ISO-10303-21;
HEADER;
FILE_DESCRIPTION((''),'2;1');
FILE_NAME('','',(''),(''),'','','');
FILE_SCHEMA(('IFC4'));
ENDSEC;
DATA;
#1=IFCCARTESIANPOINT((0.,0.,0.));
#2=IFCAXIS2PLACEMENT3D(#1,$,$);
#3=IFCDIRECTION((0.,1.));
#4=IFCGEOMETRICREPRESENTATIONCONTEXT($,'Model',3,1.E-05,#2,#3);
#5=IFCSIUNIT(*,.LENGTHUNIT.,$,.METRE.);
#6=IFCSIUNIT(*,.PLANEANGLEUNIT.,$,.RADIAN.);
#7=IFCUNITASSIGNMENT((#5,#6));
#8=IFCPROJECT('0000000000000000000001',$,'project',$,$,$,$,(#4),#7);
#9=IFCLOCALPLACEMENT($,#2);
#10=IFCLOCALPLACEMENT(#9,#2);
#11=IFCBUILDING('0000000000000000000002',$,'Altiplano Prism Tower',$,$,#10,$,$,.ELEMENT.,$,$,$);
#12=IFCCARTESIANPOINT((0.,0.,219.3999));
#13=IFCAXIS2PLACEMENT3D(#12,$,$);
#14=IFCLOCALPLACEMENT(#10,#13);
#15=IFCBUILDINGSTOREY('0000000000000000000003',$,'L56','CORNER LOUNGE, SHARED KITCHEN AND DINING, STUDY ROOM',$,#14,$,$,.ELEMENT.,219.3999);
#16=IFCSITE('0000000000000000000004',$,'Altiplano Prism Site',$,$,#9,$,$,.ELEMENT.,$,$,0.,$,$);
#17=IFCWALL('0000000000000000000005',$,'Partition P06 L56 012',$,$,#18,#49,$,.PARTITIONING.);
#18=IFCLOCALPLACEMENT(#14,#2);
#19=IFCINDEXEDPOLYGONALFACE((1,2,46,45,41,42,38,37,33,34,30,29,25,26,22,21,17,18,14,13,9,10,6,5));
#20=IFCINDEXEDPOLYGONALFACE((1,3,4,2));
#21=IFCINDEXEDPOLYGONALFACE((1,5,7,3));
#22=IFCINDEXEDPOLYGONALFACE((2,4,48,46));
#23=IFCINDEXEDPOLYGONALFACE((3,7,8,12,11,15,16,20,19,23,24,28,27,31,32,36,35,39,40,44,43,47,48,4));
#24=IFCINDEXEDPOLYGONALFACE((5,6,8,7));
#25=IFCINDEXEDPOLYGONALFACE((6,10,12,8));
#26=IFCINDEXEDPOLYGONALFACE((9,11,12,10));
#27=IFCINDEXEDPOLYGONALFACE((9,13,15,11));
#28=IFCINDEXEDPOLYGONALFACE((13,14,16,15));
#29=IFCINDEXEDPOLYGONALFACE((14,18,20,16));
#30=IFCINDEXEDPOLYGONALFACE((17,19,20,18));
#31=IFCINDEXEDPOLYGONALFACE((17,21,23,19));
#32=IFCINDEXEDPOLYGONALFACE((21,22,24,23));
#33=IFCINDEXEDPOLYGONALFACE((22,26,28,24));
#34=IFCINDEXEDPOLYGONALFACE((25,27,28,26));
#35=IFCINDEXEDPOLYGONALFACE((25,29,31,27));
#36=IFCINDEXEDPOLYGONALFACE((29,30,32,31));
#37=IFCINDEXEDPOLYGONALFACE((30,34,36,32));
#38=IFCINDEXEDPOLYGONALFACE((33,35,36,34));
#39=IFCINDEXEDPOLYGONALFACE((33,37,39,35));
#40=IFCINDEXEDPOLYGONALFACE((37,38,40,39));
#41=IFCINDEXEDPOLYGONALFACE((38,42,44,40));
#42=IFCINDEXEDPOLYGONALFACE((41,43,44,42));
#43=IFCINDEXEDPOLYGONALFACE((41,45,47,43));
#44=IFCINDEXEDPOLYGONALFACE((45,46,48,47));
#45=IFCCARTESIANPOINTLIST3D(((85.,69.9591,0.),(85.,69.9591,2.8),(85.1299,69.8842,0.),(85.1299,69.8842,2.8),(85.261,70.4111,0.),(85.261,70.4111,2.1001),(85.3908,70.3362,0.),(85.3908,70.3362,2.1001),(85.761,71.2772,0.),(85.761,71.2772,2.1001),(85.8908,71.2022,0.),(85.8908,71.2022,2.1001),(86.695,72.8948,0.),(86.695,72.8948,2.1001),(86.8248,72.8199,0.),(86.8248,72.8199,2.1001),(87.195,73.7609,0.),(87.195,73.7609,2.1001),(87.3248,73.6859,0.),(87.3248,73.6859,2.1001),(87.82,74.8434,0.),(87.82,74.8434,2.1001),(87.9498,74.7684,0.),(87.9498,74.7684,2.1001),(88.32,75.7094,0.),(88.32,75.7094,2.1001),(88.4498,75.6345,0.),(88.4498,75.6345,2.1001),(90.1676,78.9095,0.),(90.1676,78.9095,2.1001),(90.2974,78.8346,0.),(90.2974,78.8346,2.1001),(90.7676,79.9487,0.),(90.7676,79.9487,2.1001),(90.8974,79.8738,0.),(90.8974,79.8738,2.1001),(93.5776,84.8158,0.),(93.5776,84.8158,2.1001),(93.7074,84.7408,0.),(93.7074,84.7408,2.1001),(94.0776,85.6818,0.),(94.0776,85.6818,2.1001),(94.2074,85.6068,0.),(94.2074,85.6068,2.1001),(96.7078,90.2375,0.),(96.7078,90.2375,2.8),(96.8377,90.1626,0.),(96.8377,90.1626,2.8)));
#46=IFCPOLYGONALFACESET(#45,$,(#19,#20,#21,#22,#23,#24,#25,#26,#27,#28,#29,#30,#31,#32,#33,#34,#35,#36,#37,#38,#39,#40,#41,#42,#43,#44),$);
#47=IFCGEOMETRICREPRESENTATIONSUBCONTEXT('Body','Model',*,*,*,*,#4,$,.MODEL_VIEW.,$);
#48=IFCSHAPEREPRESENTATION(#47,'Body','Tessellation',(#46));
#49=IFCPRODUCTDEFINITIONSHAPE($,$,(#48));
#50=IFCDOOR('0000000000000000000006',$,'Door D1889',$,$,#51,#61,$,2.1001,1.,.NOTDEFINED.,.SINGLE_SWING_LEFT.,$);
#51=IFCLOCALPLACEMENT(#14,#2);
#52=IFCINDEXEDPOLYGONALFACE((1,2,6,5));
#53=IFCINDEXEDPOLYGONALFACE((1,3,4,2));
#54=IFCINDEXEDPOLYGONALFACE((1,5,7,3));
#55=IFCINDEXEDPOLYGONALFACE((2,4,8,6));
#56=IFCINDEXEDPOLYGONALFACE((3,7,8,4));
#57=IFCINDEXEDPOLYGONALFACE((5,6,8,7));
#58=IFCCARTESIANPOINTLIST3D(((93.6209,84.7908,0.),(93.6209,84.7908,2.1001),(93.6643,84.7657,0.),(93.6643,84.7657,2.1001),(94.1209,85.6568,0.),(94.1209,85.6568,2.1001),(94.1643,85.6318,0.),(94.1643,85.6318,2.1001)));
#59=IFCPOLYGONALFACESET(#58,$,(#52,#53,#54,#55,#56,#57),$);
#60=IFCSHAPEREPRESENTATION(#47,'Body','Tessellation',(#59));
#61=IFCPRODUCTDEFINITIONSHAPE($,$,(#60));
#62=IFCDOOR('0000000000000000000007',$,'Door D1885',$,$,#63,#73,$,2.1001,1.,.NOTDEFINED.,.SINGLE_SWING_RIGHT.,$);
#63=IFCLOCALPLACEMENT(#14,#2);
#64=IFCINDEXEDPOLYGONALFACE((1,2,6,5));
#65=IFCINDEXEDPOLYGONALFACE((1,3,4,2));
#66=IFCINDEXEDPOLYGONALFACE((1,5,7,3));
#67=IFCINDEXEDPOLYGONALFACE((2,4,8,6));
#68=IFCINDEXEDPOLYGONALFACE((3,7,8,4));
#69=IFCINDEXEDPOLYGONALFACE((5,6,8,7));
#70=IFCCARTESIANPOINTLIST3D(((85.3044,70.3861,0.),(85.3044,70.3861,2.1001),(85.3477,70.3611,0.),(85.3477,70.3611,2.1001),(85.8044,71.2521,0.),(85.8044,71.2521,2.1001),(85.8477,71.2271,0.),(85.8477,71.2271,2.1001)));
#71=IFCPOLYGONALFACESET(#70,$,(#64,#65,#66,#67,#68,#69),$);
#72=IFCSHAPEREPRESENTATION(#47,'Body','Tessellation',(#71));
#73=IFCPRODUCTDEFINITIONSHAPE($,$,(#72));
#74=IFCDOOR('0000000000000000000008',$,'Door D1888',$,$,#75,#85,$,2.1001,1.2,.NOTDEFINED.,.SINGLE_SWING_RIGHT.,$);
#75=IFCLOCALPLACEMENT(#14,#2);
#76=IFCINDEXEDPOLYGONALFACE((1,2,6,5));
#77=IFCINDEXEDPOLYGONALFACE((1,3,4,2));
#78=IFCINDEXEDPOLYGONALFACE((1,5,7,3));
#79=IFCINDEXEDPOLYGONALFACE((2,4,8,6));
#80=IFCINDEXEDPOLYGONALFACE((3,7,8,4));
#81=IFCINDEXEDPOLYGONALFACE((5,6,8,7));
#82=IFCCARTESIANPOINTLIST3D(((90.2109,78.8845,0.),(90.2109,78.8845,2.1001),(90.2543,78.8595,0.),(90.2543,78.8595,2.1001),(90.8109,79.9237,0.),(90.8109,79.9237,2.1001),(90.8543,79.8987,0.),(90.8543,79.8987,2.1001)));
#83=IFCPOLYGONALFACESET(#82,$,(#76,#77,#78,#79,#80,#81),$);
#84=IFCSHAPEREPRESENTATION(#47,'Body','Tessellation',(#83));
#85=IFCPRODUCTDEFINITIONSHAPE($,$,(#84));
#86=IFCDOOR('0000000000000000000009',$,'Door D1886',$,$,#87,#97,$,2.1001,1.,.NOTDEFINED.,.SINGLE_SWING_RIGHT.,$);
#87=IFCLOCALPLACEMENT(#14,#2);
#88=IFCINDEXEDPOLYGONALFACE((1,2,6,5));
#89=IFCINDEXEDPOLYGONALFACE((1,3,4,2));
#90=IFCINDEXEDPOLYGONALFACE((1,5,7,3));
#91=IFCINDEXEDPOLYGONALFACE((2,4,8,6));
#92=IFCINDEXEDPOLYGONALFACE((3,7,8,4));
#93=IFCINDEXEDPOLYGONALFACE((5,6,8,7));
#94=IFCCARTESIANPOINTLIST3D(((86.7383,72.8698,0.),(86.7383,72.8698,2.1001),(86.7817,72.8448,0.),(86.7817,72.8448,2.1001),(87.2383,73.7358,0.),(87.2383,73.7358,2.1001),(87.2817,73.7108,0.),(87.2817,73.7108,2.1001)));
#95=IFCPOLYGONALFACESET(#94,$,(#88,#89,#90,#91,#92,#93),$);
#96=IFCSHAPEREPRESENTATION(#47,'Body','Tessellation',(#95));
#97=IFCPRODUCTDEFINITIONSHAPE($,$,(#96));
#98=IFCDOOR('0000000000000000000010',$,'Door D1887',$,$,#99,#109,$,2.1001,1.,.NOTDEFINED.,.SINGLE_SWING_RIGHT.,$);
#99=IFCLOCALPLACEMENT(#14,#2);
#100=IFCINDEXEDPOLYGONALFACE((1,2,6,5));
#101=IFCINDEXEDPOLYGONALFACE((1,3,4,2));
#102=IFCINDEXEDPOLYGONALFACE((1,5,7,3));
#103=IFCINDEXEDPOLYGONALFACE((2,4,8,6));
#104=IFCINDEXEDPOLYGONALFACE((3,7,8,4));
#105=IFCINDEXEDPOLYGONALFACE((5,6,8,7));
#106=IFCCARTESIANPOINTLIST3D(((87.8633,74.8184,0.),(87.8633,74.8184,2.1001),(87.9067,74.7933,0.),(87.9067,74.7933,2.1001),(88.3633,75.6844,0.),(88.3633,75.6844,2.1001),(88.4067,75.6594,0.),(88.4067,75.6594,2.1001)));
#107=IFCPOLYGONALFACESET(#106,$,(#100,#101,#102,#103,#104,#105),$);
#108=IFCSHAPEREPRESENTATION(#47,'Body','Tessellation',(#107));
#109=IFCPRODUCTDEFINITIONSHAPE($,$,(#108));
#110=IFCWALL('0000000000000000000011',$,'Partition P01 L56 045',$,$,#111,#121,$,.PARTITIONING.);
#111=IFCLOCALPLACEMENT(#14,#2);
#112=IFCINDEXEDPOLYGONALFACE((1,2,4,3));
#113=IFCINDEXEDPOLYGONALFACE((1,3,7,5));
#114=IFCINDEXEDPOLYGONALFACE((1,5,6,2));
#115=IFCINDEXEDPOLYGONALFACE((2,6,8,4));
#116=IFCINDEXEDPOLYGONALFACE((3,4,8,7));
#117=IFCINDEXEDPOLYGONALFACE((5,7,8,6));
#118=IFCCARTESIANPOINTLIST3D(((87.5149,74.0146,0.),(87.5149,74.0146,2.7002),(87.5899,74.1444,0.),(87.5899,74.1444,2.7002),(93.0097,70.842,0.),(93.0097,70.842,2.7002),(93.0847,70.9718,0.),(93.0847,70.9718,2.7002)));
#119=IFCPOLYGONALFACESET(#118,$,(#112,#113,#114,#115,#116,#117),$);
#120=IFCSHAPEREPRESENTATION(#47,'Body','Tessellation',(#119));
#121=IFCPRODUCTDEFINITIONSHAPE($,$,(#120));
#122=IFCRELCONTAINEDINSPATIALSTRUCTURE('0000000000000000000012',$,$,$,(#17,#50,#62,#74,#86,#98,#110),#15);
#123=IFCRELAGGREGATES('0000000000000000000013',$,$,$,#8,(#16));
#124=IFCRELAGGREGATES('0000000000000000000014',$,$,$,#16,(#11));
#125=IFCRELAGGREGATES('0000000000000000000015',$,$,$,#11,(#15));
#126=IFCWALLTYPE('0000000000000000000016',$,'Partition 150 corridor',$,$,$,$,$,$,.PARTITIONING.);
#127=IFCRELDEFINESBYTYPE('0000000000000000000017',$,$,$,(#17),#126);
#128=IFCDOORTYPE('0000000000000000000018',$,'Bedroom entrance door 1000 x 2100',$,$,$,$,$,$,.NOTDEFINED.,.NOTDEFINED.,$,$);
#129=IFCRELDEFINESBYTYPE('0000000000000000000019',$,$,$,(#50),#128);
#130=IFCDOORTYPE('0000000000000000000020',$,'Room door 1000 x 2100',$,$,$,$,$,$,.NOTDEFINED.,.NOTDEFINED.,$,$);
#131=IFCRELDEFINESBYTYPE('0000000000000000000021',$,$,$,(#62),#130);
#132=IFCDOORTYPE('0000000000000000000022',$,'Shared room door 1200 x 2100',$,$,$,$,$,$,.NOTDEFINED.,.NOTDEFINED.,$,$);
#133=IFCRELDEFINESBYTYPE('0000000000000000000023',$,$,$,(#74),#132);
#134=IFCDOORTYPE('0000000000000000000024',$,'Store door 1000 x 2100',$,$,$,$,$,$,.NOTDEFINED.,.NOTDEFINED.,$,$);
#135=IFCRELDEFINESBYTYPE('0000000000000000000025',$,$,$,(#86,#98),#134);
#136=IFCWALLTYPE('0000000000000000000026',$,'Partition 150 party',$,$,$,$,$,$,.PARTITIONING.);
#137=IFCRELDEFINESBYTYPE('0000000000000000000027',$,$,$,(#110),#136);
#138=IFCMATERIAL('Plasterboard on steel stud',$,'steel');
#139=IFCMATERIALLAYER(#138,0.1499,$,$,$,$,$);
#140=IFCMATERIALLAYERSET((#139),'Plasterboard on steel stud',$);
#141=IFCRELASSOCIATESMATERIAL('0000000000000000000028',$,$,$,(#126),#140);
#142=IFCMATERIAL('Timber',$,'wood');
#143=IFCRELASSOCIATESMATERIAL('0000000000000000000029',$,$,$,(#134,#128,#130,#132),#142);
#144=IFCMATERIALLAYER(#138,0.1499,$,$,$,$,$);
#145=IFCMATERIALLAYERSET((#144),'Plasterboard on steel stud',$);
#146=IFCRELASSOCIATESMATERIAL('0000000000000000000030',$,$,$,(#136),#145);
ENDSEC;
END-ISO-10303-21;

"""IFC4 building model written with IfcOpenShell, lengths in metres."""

from ifc_helpers import new_model, si_unit, direction, frame, frame_2d, origin, place, context, subcontext, project, spatial, rectangle, extrude, material, layer, layer_set, type_object, element, fill, save


model = new_model("IFC4")

# Units and contexts
model_context = context("Model", 3, precision=1e-05, world=origin(), true_north=direction((0.0, 1.0)))
body_context = subcontext(model_context, "Body", "Model", "MODEL_VIEW")
ifc_project = project(units=[si_unit("LENGTHUNIT", "METRE"), si_unit("PLANEANGLEUNIT", "RADIAN")], contexts=[model_context])

# Site, building, storey
site_placement = place(None, origin())
site = spatial("IfcSite", under=ifc_project, at=site_placement, Name="Altiplano Prism Site", CompositionType="ELEMENT", RefElevation=0.0)
building_placement = place(site_placement, origin())
building = spatial("IfcBuilding", under=site, at=building_placement, Name="Altiplano Prism Tower", CompositionType="ELEMENT")
storey_placement = place(building_placement, frame((0.0, 0.0, 219.3999)))
storey = spatial("IfcBuildingStorey", under=building, at=storey_placement, Name="L56", Description="CORNER LOUNGE, SHARED KITCHEN AND DINING, STUDY ROOM", CompositionType="ELEMENT", Elevation=219.3999)

# Shared definitions
ifc_material_1 = material(Name="Plasterboard on steel stud", Category="steel")
ifc_material_2 = material(Name="Timber", Category="wood")

# Wall, openings, doors
ifc_layer_1 = layer(ifc_material_1, 0.1499)
ifc_layer_set_1 = layer_set([ifc_layer_1], Name="Plasterboard on steel stud")
wall_type_1 = type_object("IfcWallType", Name="Partition 150 corridor", PredefinedType="PARTITIONING", material=ifc_layer_set_1)
door_type_1 = type_object("IfcDoorType", Name="Store door 1000 x 2100", OperationType="NOTDEFINED", PredefinedType="NOTDEFINED", material=ifc_material_2)
wall_1_placement = place(storey_placement, frame((85.0649, 69.9216, 0.0), z_axis=(0.0, 0.0, 1.0), x_axis=(0.500002, 0.866024, 0.0)))
wall_1 = element("IfcWall", 1, at=wall_1_placement, inside=storey, type_object=wall_type_1, Name="Partition P06 L56 012", PredefinedType="PARTITIONING", context=body_context, shape_type="SweptSolid", body=[
    extrude(rectangle(XDim=23.4155, YDim=0.1499, at=frame_2d((11.7078, 0.0))), origin(), (0.0, 0.0, 1.0), 2.8),
])
opening_1_placement = place(wall_1_placement, frame((0.522, 0.0, 0.0)))
opening_1 = element("IfcOpeningElement", 2, at=opening_1_placement, cuts=wall_1, PredefinedType="OPENING", context=body_context, shape_type="SweptSolid", body=[
    extrude(rectangle(XDim=1.0, YDim=2.1001, at=frame_2d((0.5, 1.05))), frame((0.0, 0.0854, 0.0), z_axis=(0.0, -1.0, 0.0), x_axis=(1.0, 0.0, 0.0)), (0.0, 0.0, 1.0), 0.1709),
])
opening_2_placement = place(wall_1_placement, frame((3.3899, 0.0, 0.0)))
opening_2 = element("IfcOpeningElement", 3, at=opening_2_placement, cuts=wall_1, PredefinedType="OPENING", context=body_context, shape_type="SweptSolid", body=[
    extrude(rectangle(XDim=1.0, YDim=2.1001, at=frame_2d((0.5, 1.05))), frame((0.0, 0.0854, 0.0), z_axis=(0.0, -1.0, 0.0), x_axis=(1.0, 0.0, 0.0)), (0.0, 0.0, 1.0), 0.1709),
])
opening_3_placement = place(wall_1_placement, frame((5.6399, 0.0, 0.0)))
opening_3 = element("IfcOpeningElement", 4, at=opening_3_placement, cuts=wall_1, PredefinedType="OPENING", context=body_context, shape_type="SweptSolid", body=[
    extrude(rectangle(XDim=1.0, YDim=2.1001, at=frame_2d((0.5, 1.05))), frame((0.0, 0.0854, 0.0), z_axis=(0.0, -1.0, 0.0), x_axis=(1.0, 0.0, 0.0)), (0.0, 0.0, 1.0), 0.1709),
])
opening_4_placement = place(wall_1_placement, frame((10.335, 0.0, 0.0)))
opening_4 = element("IfcOpeningElement", 5, at=opening_4_placement, cuts=wall_1, PredefinedType="OPENING", context=body_context, shape_type="SweptSolid", body=[
    extrude(rectangle(XDim=1.2, YDim=2.1001, at=frame_2d((0.6001, 1.05))), frame((0.0, 0.0854, 0.0), z_axis=(0.0, -1.0, 0.0), x_axis=(1.0, 0.0, 0.0)), (0.0, 0.0, 1.0), 0.1709),
])
opening_5_placement = place(wall_1_placement, frame((17.155, 0.0, 0.0)))
opening_5 = element("IfcOpeningElement", 6, at=opening_5_placement, cuts=wall_1, PredefinedType="OPENING", context=body_context, shape_type="SweptSolid", body=[
    extrude(rectangle(XDim=1.0, YDim=2.1001, at=frame_2d((0.5, 1.05))), frame((0.0, 0.0854, 0.0), z_axis=(0.0, -1.0, 0.0), x_axis=(1.0, 0.0, 0.0)), (0.0, 0.0, 1.0), 0.1709),
])
door_type_2 = type_object("IfcDoorType", Name="Bedroom entrance door 1000 x 2100", OperationType="NOTDEFINED", PredefinedType="NOTDEFINED", material=ifc_material_2)
door_1_placement = place(opening_5_placement, origin())
door_1 = element("IfcDoor", 7, at=door_1_placement, inside=storey, type_object=door_type_2, Name="Door D1889", OperationType="SINGLE_SWING_LEFT", OverallHeight=2.1001, OverallWidth=1.0, PredefinedType="NOTDEFINED", context=body_context, shape_type="SweptSolid", body=[
    extrude(rectangle(XDim=1.0, YDim=2.1001, at=frame_2d((0.5, 1.05))), frame((0.0, 0.0249, 0.0), z_axis=(0.0, -1.0, 0.0), x_axis=(1.0, 0.0, 0.0)), (0.0, 0.0, 1.0), 0.05),
])
fill(opening_5, door_1)
door_type_3 = type_object("IfcDoorType", Name="Room door 1000 x 2100", OperationType="NOTDEFINED", PredefinedType="NOTDEFINED", material=ifc_material_2)
door_2_placement = place(opening_1_placement, origin())
door_2 = element("IfcDoor", 8, at=door_2_placement, inside=storey, type_object=door_type_3, Name="Door D1885", OperationType="SINGLE_SWING_RIGHT", OverallHeight=2.1001, OverallWidth=1.0, PredefinedType="NOTDEFINED", context=body_context, shape_type="SweptSolid", body=[
    extrude(rectangle(XDim=1.0, YDim=2.1001, at=frame_2d((0.5, 1.05))), frame((0.0, 0.0249, 0.0), z_axis=(0.0, -1.0, 0.0), x_axis=(1.0, 0.0, 0.0)), (0.0, 0.0, 1.0), 0.05),
])
fill(opening_1, door_2)
door_type_4 = type_object("IfcDoorType", Name="Shared room door 1200 x 2100", OperationType="NOTDEFINED", PredefinedType="NOTDEFINED", material=ifc_material_2)
door_3_placement = place(opening_4_placement, origin())
door_3 = element("IfcDoor", 9, at=door_3_placement, inside=storey, type_object=door_type_4, Name="Door D1888", OperationType="SINGLE_SWING_RIGHT", OverallHeight=2.1001, OverallWidth=1.2, PredefinedType="NOTDEFINED", context=body_context, shape_type="SweptSolid", body=[
    extrude(rectangle(XDim=1.2, YDim=2.1001, at=frame_2d((0.6001, 1.05))), frame((0.0, 0.0249, 0.0), z_axis=(0.0, -1.0, 0.0), x_axis=(1.0, 0.0, 0.0)), (0.0, 0.0, 1.0), 0.05),
])
fill(opening_4, door_3)
door_4_placement = place(opening_2_placement, origin())
door_4 = element("IfcDoor", 10, at=door_4_placement, inside=storey, type_object=door_type_1, Name="Door D1886", OperationType="SINGLE_SWING_RIGHT", OverallHeight=2.1001, OverallWidth=1.0, PredefinedType="NOTDEFINED", context=body_context, shape_type="SweptSolid", body=[
    extrude(rectangle(XDim=1.0, YDim=2.1001, at=frame_2d((0.5, 1.05))), frame((0.0, 0.0249, 0.0), z_axis=(0.0, -1.0, 0.0), x_axis=(1.0, 0.0, 0.0)), (0.0, 0.0, 1.0), 0.05),
])
fill(opening_2, door_4)
door_5_placement = place(opening_3_placement, origin())
door_5 = element("IfcDoor", 11, at=door_5_placement, inside=storey, type_object=door_type_1, Name="Door D1887", OperationType="SINGLE_SWING_RIGHT", OverallHeight=2.1001, OverallWidth=1.0, PredefinedType="NOTDEFINED", context=body_context, shape_type="SweptSolid", body=[
    extrude(rectangle(XDim=1.0, YDim=2.1001, at=frame_2d((0.5, 1.05))), frame((0.0, 0.0249, 0.0), z_axis=(0.0, -1.0, 0.0), x_axis=(1.0, 0.0, 0.0)), (0.0, 0.0, 1.0), 0.05),
])
fill(opening_3, door_5)

# Wall
ifc_layer_2 = layer(ifc_material_1, 0.1499)
ifc_layer_set_2 = layer_set([ifc_layer_2], Name="Plasterboard on steel stud")
wall_type_2 = type_object("IfcWallType", Name="Partition 150 party", PredefinedType="PARTITIONING", material=ifc_layer_set_2)
wall_2_placement = place(storey_placement, frame((93.0471, 70.907, 0.0), z_axis=(0.0, 0.0, 1.0), x_axis=(-0.866016, 0.500017, 0.0)))
element("IfcWall", 12, at=wall_2_placement, inside=storey, type_object=wall_type_2, Name="Partition P01 L56 045", PredefinedType="PARTITIONING", context=body_context, shape_type="SweptSolid", body=[
    extrude(rectangle(XDim=6.345, YDim=0.1499, at=frame_2d((3.1724, 0.0))), origin(), (0.0, 0.0, 1.0), 2.7002),
])

save(model, "model.ifc")
